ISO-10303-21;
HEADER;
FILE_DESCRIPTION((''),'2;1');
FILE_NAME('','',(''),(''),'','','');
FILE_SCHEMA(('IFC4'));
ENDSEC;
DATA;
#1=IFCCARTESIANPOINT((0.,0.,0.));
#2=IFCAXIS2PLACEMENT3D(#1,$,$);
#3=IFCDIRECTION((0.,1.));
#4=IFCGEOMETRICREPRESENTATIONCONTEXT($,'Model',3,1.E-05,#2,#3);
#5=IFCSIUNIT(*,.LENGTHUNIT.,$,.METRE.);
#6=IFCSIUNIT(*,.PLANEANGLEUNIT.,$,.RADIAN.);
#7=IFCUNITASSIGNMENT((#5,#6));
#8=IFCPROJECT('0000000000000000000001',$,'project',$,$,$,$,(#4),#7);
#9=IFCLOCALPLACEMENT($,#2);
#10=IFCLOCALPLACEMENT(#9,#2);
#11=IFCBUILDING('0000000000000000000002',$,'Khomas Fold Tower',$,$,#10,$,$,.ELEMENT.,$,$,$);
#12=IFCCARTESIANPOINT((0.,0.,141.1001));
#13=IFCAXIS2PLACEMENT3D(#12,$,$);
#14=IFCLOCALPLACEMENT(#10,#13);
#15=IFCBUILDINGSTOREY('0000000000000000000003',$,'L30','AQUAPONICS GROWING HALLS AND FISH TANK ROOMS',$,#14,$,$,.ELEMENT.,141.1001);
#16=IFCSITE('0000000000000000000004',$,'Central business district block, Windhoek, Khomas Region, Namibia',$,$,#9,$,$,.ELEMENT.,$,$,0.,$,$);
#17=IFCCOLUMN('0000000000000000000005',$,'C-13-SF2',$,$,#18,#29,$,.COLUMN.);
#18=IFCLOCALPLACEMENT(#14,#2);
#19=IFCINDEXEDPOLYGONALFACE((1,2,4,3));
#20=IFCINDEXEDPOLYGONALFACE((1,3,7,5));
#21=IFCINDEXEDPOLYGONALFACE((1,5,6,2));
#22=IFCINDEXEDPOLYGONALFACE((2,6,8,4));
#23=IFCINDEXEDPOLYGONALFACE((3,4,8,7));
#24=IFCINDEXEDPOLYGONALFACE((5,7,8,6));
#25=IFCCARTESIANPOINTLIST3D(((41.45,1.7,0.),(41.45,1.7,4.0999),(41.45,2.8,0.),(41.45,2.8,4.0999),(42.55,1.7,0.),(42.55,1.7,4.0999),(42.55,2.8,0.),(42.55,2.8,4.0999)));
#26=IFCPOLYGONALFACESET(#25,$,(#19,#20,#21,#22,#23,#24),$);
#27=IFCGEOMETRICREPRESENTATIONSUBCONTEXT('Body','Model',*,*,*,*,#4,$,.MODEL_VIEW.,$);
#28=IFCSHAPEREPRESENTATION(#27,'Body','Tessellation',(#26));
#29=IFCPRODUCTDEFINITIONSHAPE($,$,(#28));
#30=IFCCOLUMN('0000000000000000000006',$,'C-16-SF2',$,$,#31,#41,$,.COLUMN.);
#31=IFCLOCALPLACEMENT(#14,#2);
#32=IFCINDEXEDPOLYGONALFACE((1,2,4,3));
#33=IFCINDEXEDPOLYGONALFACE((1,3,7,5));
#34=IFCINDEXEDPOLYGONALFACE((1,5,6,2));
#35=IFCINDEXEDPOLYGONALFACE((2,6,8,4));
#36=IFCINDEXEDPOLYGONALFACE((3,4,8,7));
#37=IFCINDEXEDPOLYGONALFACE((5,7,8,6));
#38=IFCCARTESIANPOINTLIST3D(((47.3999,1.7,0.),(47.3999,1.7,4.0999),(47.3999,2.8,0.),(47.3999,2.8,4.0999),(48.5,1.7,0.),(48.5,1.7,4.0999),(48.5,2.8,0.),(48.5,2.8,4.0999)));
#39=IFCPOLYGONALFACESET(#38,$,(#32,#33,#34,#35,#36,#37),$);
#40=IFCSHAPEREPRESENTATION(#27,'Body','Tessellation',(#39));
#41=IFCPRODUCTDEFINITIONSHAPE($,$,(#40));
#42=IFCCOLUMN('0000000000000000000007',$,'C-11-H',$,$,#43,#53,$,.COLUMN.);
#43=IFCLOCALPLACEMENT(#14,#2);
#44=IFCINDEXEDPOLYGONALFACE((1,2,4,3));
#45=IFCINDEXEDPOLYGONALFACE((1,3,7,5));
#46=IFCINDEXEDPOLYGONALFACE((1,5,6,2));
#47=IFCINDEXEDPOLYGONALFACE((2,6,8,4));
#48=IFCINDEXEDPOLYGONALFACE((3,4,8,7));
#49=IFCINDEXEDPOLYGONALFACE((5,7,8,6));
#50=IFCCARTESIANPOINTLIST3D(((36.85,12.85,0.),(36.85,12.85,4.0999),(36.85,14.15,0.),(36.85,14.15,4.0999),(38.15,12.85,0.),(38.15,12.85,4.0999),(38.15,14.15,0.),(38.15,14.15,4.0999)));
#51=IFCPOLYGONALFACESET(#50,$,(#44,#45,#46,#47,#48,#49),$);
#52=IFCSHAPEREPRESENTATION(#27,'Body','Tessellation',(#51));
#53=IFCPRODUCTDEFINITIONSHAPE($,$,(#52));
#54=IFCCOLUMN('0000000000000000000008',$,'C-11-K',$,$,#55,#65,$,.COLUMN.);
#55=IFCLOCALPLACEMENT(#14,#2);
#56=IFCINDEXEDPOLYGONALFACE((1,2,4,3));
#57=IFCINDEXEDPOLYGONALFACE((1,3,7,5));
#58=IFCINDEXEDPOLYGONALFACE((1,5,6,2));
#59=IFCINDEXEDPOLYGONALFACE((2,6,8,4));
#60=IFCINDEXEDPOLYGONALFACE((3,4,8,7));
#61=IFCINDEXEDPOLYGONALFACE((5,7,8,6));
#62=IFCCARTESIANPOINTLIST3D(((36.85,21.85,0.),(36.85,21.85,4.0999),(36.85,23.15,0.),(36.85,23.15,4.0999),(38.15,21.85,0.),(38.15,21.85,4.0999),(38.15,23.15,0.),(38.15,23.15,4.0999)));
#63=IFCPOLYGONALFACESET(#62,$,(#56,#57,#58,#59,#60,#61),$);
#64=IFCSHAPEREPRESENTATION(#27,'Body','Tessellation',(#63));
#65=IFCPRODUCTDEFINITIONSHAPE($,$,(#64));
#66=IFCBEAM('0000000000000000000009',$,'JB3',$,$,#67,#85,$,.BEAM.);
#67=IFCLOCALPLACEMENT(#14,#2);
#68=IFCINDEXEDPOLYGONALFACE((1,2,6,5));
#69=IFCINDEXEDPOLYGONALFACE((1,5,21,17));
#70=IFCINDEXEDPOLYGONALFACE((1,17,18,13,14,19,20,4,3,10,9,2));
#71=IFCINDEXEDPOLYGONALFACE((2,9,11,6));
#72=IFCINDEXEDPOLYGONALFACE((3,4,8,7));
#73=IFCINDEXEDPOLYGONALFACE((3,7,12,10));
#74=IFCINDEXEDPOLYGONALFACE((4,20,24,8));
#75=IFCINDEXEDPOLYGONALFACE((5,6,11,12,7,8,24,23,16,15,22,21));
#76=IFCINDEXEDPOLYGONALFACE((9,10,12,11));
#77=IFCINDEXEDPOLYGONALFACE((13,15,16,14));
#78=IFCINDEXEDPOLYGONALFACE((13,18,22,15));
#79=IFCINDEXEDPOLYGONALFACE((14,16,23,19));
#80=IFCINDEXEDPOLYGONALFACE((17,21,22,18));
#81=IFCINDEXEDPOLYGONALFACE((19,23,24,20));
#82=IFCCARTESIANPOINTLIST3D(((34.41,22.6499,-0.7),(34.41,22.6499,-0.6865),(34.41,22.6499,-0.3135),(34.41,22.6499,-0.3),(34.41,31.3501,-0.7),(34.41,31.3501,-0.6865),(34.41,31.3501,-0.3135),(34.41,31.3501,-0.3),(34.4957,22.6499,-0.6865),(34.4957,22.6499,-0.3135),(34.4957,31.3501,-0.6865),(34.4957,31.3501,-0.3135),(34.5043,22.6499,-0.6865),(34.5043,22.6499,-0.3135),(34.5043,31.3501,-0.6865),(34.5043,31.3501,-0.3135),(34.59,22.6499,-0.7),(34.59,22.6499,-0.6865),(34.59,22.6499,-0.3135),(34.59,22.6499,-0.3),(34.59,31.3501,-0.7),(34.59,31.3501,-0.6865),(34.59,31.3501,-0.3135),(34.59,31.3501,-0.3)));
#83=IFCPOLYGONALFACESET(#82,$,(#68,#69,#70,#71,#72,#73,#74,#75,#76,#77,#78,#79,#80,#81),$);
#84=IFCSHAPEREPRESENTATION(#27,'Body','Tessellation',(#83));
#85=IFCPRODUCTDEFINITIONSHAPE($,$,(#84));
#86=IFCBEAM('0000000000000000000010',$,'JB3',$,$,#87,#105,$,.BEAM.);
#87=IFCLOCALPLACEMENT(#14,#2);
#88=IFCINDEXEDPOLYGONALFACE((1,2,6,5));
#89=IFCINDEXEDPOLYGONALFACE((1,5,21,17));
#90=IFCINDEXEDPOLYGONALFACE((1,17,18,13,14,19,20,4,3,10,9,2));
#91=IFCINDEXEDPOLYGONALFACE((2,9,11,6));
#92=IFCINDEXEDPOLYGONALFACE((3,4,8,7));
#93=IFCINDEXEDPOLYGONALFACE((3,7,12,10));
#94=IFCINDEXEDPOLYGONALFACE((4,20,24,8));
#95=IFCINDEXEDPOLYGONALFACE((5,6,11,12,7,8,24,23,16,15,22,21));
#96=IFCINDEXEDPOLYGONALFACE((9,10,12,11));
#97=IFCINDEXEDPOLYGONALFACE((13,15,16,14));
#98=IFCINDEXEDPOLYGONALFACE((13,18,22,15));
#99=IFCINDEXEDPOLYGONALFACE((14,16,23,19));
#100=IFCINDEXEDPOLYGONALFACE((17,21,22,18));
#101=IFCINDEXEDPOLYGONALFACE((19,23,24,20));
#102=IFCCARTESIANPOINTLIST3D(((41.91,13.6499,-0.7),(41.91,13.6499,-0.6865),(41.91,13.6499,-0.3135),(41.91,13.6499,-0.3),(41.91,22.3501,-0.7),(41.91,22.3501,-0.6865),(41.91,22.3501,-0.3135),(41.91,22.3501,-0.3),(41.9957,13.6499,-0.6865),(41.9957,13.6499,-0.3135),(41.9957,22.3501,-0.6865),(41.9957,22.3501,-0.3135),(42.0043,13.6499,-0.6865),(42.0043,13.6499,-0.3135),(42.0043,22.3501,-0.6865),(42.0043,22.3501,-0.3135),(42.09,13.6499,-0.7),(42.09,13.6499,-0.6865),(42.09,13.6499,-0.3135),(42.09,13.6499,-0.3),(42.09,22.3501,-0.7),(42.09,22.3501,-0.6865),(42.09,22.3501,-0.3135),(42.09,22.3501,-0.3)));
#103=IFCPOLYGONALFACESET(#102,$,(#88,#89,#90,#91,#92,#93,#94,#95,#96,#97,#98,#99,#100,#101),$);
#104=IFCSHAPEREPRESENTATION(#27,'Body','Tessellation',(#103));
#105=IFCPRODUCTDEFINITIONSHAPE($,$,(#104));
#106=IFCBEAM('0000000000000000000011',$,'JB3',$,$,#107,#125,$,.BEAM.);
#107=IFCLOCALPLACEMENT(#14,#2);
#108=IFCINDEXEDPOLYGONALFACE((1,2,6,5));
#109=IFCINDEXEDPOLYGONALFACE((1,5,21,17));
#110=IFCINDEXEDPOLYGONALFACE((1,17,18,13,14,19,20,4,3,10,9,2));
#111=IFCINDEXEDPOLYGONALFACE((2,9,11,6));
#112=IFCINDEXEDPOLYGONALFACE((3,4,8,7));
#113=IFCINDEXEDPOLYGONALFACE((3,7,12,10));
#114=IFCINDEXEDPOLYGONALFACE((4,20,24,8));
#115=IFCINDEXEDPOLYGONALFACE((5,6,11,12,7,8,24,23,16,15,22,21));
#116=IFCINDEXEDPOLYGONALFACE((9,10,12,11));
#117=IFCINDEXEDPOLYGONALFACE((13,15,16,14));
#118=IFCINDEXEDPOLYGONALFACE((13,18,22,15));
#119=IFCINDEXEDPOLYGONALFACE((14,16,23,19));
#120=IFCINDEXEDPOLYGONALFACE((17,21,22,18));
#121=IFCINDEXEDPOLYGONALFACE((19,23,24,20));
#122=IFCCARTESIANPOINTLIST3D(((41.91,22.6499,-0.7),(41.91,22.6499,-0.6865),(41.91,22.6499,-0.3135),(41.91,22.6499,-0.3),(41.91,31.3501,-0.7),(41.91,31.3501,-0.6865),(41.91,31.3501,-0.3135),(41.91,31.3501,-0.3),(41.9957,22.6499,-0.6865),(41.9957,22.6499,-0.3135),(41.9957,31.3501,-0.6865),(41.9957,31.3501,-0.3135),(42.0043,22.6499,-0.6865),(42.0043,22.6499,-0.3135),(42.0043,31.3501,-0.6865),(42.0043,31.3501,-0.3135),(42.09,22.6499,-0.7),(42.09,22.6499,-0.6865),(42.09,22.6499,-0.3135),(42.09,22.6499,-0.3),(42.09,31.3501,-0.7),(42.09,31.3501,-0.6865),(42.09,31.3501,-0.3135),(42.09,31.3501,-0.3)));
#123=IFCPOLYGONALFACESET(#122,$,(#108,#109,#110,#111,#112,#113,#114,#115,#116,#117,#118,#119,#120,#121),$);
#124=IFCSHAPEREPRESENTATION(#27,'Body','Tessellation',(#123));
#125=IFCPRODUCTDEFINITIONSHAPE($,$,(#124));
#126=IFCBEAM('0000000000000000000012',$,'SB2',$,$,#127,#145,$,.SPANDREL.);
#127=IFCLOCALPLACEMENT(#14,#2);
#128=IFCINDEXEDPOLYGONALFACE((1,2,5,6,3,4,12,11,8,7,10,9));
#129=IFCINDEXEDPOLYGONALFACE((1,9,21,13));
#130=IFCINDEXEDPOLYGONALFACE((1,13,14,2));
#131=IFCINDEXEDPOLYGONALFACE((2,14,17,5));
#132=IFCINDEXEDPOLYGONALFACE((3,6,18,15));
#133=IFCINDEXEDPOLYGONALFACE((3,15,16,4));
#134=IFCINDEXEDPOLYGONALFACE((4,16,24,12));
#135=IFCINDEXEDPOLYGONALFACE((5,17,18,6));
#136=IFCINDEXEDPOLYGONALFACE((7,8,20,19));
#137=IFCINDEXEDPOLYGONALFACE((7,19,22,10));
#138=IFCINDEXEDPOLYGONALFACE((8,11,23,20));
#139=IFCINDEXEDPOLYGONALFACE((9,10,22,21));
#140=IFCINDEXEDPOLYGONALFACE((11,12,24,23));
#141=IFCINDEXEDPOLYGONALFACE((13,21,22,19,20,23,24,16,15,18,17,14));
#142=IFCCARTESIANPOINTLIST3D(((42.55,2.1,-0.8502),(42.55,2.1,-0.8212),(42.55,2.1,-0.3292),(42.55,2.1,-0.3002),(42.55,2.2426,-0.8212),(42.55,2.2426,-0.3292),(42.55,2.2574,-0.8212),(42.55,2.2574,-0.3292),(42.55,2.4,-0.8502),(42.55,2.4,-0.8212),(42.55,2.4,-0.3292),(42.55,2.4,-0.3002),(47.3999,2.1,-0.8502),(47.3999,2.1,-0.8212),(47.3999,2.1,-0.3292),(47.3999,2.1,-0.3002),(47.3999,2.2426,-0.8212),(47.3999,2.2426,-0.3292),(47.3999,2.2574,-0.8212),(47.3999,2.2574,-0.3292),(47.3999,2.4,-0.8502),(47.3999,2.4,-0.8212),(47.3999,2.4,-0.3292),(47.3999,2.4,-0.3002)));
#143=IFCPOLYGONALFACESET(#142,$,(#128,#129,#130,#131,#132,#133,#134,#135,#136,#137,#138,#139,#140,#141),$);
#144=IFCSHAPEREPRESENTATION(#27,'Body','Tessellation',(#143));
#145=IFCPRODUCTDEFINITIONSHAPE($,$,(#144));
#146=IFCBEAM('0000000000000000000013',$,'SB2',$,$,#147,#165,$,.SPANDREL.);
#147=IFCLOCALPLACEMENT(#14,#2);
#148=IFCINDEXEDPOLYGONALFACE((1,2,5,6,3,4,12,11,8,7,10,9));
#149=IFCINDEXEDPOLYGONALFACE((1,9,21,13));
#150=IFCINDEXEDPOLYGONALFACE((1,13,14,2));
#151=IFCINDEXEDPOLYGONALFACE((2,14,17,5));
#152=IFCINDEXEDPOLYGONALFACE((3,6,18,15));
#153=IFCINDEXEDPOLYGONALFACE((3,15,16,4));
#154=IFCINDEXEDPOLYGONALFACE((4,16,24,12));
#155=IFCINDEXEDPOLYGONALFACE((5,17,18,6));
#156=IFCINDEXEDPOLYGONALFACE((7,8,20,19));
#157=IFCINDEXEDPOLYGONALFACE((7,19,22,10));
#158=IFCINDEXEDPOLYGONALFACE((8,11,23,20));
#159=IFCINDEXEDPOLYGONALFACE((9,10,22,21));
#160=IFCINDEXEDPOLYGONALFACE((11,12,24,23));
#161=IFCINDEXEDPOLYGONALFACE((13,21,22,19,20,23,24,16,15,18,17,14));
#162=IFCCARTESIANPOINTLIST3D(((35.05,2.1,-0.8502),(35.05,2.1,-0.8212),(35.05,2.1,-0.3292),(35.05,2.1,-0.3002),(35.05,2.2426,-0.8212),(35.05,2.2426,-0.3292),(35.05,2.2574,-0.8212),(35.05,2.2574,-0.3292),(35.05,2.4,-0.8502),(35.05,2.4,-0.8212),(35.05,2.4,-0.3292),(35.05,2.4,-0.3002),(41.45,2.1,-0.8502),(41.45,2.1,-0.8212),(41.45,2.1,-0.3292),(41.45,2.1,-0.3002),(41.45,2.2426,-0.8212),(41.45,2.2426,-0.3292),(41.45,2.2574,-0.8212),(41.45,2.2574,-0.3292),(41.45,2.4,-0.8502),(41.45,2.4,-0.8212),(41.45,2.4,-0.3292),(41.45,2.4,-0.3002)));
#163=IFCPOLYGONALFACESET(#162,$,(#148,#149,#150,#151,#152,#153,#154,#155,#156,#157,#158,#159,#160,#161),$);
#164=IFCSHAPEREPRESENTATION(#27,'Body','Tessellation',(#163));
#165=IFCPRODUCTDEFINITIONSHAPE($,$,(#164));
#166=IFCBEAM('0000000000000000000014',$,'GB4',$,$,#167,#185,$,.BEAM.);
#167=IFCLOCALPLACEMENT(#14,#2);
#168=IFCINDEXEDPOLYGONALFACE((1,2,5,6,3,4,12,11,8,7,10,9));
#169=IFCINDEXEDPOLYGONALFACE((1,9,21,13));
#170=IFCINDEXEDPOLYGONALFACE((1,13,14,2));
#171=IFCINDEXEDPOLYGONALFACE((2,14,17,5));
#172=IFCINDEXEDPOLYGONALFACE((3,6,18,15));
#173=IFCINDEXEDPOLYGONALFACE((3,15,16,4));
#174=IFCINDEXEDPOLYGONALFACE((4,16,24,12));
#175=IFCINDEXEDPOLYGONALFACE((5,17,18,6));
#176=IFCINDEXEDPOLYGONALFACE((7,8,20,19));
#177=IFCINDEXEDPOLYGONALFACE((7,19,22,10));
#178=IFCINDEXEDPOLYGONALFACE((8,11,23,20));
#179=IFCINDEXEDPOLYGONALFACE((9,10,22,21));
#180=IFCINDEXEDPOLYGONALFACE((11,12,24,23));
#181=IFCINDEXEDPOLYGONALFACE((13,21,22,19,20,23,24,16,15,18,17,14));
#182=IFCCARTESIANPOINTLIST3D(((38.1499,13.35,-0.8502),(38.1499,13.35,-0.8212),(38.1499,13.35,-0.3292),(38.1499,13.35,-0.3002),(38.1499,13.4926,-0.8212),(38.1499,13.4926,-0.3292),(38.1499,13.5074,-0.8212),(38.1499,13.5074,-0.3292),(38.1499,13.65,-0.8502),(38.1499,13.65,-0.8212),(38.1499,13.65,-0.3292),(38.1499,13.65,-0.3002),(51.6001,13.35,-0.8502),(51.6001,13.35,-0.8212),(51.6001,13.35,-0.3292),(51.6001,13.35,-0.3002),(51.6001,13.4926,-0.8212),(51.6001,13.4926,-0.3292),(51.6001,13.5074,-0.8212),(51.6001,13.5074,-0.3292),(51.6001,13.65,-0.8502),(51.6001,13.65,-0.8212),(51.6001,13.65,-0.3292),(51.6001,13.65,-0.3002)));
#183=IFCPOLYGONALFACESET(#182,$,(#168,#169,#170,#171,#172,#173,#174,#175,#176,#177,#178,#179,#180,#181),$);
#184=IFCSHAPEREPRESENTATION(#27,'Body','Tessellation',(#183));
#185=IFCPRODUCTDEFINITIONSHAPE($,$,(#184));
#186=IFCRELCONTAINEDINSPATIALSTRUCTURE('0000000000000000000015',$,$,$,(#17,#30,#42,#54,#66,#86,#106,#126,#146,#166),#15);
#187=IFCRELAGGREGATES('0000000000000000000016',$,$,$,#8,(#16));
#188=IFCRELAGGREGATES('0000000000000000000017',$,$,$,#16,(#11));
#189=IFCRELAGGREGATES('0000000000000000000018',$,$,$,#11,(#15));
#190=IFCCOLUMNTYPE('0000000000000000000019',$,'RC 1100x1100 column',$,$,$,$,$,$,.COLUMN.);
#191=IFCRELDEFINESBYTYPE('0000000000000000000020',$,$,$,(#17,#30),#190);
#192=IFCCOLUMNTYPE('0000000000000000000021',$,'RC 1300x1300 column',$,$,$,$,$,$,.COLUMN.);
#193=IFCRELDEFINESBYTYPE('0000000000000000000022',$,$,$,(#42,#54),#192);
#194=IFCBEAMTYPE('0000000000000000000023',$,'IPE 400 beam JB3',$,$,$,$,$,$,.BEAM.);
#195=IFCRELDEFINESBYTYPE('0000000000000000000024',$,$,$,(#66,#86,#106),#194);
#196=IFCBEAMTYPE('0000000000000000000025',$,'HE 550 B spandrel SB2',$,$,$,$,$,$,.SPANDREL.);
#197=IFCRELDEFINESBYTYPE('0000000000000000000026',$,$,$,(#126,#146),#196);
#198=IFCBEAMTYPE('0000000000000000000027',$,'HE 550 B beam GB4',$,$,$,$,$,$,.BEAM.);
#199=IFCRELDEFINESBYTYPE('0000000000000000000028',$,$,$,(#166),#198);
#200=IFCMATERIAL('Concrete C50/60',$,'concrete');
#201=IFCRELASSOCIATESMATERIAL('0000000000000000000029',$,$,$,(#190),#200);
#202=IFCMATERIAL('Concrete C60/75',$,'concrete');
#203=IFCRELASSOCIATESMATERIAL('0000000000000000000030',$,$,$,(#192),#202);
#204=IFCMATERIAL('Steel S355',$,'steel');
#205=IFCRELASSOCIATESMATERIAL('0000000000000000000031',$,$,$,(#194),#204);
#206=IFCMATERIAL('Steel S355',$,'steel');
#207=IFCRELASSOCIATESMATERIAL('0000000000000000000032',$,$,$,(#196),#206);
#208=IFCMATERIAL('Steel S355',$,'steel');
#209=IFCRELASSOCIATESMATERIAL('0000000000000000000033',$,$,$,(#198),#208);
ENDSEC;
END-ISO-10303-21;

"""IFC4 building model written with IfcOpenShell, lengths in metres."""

from ifc_helpers import new_model, si_unit, direction, frame, origin, origin_2d, place, context, subcontext, project, spatial, rectangle, i_section, extrude, source, transform, mapped, material, material_profile, profile_set, type_object, element, save


model = new_model("IFC4")

# Units and contexts
model_context = context("Model", 3, precision=1e-05, world=origin(), true_north=direction((0.0, 1.0)))
body_context = subcontext(model_context, "Body", "Model", "MODEL_VIEW")
ifc_project = project(units=[si_unit("LENGTHUNIT", "METRE"), si_unit("PLANEANGLEUNIT", "RADIAN")], contexts=[model_context])

# Site, building, storey
site_placement = place(None, origin())
site = spatial("IfcSite", under=ifc_project, at=site_placement, Name="Central business district block, Windhoek, Khomas Region, Namibia", CompositionType="ELEMENT", RefElevation=0.0)
building_placement = place(site_placement, origin())
building = spatial("IfcBuilding", under=site, at=building_placement, Name="Khomas Fold Tower", CompositionType="ELEMENT")
storey_placement = place(building_placement, frame((0.0, 0.0, 141.1001)))
storey = spatial("IfcBuildingStorey", under=building, at=storey_placement, Name="L30", Description="AQUAPONICS GROWING HALLS AND FISH TANK ROOMS", CompositionType="ELEMENT", Elevation=141.1001)

# Columns
ifc_material_1 = material(Name="Concrete C50/60", Category="concrete")
ifc_material_profile_1 = material_profile(ifc_material_1, rectangle(XDim=1.1001, YDim=1.1001, at=origin_2d()), Name="RC 1100x1100")
ifc_profile_set_1 = profile_set([ifc_material_profile_1], Name="Concrete C50/60")
column_type_1 = type_object("IfcColumnType", Name="RC 1100x1100 column", PredefinedType="COLUMN", material=ifc_profile_set_1)
shared_shape_1 = source(origin(), body_context, "Body", "SweptSolid", [
    extrude(rectangle(XDim=1.1001, YDim=1.1001, at=origin_2d()), origin(), (0.0, 0.0, 1.0), 4.0999),
])
for number, where, z_axis, x_axis, name in (
    (1, (42.0, 2.25, 0.0), (0.0, 0.0, 1.0), (1.0, 0.0, 0.0), "C-13-SF2"),
    (2, (47.95, 2.25, 0.0), (0.0, 0.0, 1.0), (1.0, 0.0, 0.0), "C-16-SF2"),
):
    element("IfcColumn", number, at=place(storey_placement, frame(where, z_axis=z_axis, x_axis=x_axis)), inside=storey, type_object=column_type_1, Name=name, PredefinedType="COLUMN", context=body_context, shape_type="MappedRepresentation", body=[
        mapped(shared_shape_1, transform((0.0, 0.0, 0.0))),
    ])
ifc_material_2 = material(Name="Concrete C60/75", Category="concrete")
ifc_material_profile_2 = material_profile(ifc_material_2, rectangle(XDim=1.3, YDim=1.3, at=origin_2d()), Name="RC 1300x1300")
ifc_profile_set_2 = profile_set([ifc_material_profile_2], Name="Concrete C60/75")
column_type_2 = type_object("IfcColumnType", Name="RC 1300x1300 column", PredefinedType="COLUMN", material=ifc_profile_set_2)
shared_shape_2 = source(origin(), body_context, "Body", "SweptSolid", [
    extrude(rectangle(XDim=1.3, YDim=1.3, at=origin_2d()), origin(), (0.0, 0.0, 1.0), 4.0999),
])
for number, where, z_axis, x_axis, name in (
    (3, (37.5, 13.5, 0.0), (0.0, 0.0, 1.0), (1.0, 0.0, 0.0), "C-11-H"),
    (4, (37.5, 22.5, 0.0), (0.0, 0.0, 1.0), (1.0, 0.0, 0.0), "C-11-K"),
):
    element("IfcColumn", number, at=place(storey_placement, frame(where, z_axis=z_axis, x_axis=x_axis)), inside=storey, type_object=column_type_2, Name=name, PredefinedType="COLUMN", context=body_context, shape_type="MappedRepresentation", body=[
        mapped(shared_shape_2, transform((0.0, 0.0, 0.0))),
    ])

# Beams
ifc_material_3 = material(Name="Steel S355", Category="steel")
ifc_material_profile_3 = material_profile(ifc_material_3, i_section(OverallWidth=0.1799, OverallDepth=0.3999, WebThickness=0.0085, FlangeThickness=0.0134, at=origin_2d()), Name="IPE 400")
ifc_profile_set_3 = profile_set([ifc_material_profile_3], Name="Steel S355")
beam_type_1 = type_object("IfcBeamType", Name="IPE 400 beam JB3", PredefinedType="BEAM", material=ifc_profile_set_3)
shared_shape_3 = source(origin(), body_context, "Body", "SweptSolid", [
    extrude(i_section(OverallWidth=0.1799, OverallDepth=0.3999, WebThickness=0.0085, FlangeThickness=0.0134, at=origin_2d()), origin(), (0.0, 0.0, 1.0), 8.7002),
])
for number, where, z_axis, x_axis, name in (
    (5, (34.5, 22.6499, -0.5), (0.0, 1.0, 0.0), (-1.0, 0.0, 0.0), "JB3"),
    (6, (42.0, 13.6499, -0.5), (0.0, 1.0, 0.0), (-1.0, 0.0, 0.0), "JB3"),
    (7, (42.0, 22.6499, -0.5), (0.0, 1.0, 0.0), (-1.0, 0.0, 0.0), "JB3"),
):
    element("IfcBeam", number, at=place(storey_placement, frame(where, z_axis=z_axis, x_axis=x_axis)), inside=storey, type_object=beam_type_1, Name=name, PredefinedType="BEAM", context=body_context, shape_type="MappedRepresentation", body=[
        mapped(shared_shape_3, transform((0.0, 0.0, 0.0))),
    ])
ifc_material_4 = material(Name="Steel S355", Category="steel")
ifc_material_profile_4 = material_profile(ifc_material_4, i_section(OverallWidth=0.3, OverallDepth=0.55, WebThickness=0.0149, FlangeThickness=0.0291, at=origin_2d()), Name="HE 550 B")
ifc_profile_set_4 = profile_set([ifc_material_profile_4], Name="Steel S355")
beam_type_2 = type_object("IfcBeamType", Name="HE 550 B spandrel SB2", PredefinedType="SPANDREL", material=ifc_profile_set_4)
shared_shape_4 = source(origin(), body_context, "Body", "SweptSolid", [
    extrude(i_section(OverallWidth=0.3, OverallDepth=0.55, WebThickness=0.0149, FlangeThickness=0.0291, at=origin_2d()), origin(), (0.0, 0.0, 1.0), 4.8499),
])
beam_1_placement = place(storey_placement, frame((42.55, 2.25, -0.5752), z_axis=(1.0, 0.0, 0.0), x_axis=(0.0, 1.0, 0.0)))
element("IfcBeam", 8, at=beam_1_placement, inside=storey, type_object=beam_type_2, Name="SB2", PredefinedType="SPANDREL", context=body_context, shape_type="MappedRepresentation", body=[
    mapped(shared_shape_4, transform((0.0, 0.0, 0.0))),
])
shared_shape_5 = source(origin(), body_context, "Body", "SweptSolid", [
    extrude(i_section(OverallWidth=0.3, OverallDepth=0.55, WebThickness=0.0149, FlangeThickness=0.0291, at=origin_2d()), origin(), (0.0, 0.0, 1.0), 6.3999),
])
beam_2_placement = place(storey_placement, frame((35.05, 2.25, -0.5752), z_axis=(1.0, 0.0, 0.0), x_axis=(0.0, 1.0, 0.0)))
element("IfcBeam", 9, at=beam_2_placement, inside=storey, type_object=beam_type_2, Name="SB2", PredefinedType="SPANDREL", context=body_context, shape_type="MappedRepresentation", body=[
    mapped(shared_shape_5, transform((0.0, 0.0, 0.0))),
])
ifc_material_5 = material(Name="Steel S355", Category="steel")
ifc_material_profile_5 = material_profile(ifc_material_5, i_section(OverallWidth=0.3, OverallDepth=0.55, WebThickness=0.0149, FlangeThickness=0.0291, at=origin_2d()), Name="HE 550 B")
ifc_profile_set_5 = profile_set([ifc_material_profile_5], Name="Steel S355")
beam_type_3 = type_object("IfcBeamType", Name="HE 550 B beam GB4", PredefinedType="BEAM", material=ifc_profile_set_5)
shared_shape_6 = source(origin(), body_context, "Body", "SweptSolid", [
    extrude(i_section(OverallWidth=0.3, OverallDepth=0.55, WebThickness=0.0149, FlangeThickness=0.0291, at=origin_2d()), origin(), (0.0, 0.0, 1.0), 13.4502),
])
for number, where, z_axis, x_axis, name in (
    (10, (38.1499, 13.5, -0.5752), (1.0, 0.0, 0.0), (0.0, 1.0, 0.0), "GB4"),
):
    element("IfcBeam", number, at=place(storey_placement, frame(where, z_axis=z_axis, x_axis=x_axis)), inside=storey, type_object=beam_type_3, Name=name, PredefinedType="BEAM", context=body_context, shape_type="MappedRepresentation", body=[
        mapped(shared_shape_6, transform((0.0, 0.0, 0.0))),
    ])

save(model, "model.ifc")
